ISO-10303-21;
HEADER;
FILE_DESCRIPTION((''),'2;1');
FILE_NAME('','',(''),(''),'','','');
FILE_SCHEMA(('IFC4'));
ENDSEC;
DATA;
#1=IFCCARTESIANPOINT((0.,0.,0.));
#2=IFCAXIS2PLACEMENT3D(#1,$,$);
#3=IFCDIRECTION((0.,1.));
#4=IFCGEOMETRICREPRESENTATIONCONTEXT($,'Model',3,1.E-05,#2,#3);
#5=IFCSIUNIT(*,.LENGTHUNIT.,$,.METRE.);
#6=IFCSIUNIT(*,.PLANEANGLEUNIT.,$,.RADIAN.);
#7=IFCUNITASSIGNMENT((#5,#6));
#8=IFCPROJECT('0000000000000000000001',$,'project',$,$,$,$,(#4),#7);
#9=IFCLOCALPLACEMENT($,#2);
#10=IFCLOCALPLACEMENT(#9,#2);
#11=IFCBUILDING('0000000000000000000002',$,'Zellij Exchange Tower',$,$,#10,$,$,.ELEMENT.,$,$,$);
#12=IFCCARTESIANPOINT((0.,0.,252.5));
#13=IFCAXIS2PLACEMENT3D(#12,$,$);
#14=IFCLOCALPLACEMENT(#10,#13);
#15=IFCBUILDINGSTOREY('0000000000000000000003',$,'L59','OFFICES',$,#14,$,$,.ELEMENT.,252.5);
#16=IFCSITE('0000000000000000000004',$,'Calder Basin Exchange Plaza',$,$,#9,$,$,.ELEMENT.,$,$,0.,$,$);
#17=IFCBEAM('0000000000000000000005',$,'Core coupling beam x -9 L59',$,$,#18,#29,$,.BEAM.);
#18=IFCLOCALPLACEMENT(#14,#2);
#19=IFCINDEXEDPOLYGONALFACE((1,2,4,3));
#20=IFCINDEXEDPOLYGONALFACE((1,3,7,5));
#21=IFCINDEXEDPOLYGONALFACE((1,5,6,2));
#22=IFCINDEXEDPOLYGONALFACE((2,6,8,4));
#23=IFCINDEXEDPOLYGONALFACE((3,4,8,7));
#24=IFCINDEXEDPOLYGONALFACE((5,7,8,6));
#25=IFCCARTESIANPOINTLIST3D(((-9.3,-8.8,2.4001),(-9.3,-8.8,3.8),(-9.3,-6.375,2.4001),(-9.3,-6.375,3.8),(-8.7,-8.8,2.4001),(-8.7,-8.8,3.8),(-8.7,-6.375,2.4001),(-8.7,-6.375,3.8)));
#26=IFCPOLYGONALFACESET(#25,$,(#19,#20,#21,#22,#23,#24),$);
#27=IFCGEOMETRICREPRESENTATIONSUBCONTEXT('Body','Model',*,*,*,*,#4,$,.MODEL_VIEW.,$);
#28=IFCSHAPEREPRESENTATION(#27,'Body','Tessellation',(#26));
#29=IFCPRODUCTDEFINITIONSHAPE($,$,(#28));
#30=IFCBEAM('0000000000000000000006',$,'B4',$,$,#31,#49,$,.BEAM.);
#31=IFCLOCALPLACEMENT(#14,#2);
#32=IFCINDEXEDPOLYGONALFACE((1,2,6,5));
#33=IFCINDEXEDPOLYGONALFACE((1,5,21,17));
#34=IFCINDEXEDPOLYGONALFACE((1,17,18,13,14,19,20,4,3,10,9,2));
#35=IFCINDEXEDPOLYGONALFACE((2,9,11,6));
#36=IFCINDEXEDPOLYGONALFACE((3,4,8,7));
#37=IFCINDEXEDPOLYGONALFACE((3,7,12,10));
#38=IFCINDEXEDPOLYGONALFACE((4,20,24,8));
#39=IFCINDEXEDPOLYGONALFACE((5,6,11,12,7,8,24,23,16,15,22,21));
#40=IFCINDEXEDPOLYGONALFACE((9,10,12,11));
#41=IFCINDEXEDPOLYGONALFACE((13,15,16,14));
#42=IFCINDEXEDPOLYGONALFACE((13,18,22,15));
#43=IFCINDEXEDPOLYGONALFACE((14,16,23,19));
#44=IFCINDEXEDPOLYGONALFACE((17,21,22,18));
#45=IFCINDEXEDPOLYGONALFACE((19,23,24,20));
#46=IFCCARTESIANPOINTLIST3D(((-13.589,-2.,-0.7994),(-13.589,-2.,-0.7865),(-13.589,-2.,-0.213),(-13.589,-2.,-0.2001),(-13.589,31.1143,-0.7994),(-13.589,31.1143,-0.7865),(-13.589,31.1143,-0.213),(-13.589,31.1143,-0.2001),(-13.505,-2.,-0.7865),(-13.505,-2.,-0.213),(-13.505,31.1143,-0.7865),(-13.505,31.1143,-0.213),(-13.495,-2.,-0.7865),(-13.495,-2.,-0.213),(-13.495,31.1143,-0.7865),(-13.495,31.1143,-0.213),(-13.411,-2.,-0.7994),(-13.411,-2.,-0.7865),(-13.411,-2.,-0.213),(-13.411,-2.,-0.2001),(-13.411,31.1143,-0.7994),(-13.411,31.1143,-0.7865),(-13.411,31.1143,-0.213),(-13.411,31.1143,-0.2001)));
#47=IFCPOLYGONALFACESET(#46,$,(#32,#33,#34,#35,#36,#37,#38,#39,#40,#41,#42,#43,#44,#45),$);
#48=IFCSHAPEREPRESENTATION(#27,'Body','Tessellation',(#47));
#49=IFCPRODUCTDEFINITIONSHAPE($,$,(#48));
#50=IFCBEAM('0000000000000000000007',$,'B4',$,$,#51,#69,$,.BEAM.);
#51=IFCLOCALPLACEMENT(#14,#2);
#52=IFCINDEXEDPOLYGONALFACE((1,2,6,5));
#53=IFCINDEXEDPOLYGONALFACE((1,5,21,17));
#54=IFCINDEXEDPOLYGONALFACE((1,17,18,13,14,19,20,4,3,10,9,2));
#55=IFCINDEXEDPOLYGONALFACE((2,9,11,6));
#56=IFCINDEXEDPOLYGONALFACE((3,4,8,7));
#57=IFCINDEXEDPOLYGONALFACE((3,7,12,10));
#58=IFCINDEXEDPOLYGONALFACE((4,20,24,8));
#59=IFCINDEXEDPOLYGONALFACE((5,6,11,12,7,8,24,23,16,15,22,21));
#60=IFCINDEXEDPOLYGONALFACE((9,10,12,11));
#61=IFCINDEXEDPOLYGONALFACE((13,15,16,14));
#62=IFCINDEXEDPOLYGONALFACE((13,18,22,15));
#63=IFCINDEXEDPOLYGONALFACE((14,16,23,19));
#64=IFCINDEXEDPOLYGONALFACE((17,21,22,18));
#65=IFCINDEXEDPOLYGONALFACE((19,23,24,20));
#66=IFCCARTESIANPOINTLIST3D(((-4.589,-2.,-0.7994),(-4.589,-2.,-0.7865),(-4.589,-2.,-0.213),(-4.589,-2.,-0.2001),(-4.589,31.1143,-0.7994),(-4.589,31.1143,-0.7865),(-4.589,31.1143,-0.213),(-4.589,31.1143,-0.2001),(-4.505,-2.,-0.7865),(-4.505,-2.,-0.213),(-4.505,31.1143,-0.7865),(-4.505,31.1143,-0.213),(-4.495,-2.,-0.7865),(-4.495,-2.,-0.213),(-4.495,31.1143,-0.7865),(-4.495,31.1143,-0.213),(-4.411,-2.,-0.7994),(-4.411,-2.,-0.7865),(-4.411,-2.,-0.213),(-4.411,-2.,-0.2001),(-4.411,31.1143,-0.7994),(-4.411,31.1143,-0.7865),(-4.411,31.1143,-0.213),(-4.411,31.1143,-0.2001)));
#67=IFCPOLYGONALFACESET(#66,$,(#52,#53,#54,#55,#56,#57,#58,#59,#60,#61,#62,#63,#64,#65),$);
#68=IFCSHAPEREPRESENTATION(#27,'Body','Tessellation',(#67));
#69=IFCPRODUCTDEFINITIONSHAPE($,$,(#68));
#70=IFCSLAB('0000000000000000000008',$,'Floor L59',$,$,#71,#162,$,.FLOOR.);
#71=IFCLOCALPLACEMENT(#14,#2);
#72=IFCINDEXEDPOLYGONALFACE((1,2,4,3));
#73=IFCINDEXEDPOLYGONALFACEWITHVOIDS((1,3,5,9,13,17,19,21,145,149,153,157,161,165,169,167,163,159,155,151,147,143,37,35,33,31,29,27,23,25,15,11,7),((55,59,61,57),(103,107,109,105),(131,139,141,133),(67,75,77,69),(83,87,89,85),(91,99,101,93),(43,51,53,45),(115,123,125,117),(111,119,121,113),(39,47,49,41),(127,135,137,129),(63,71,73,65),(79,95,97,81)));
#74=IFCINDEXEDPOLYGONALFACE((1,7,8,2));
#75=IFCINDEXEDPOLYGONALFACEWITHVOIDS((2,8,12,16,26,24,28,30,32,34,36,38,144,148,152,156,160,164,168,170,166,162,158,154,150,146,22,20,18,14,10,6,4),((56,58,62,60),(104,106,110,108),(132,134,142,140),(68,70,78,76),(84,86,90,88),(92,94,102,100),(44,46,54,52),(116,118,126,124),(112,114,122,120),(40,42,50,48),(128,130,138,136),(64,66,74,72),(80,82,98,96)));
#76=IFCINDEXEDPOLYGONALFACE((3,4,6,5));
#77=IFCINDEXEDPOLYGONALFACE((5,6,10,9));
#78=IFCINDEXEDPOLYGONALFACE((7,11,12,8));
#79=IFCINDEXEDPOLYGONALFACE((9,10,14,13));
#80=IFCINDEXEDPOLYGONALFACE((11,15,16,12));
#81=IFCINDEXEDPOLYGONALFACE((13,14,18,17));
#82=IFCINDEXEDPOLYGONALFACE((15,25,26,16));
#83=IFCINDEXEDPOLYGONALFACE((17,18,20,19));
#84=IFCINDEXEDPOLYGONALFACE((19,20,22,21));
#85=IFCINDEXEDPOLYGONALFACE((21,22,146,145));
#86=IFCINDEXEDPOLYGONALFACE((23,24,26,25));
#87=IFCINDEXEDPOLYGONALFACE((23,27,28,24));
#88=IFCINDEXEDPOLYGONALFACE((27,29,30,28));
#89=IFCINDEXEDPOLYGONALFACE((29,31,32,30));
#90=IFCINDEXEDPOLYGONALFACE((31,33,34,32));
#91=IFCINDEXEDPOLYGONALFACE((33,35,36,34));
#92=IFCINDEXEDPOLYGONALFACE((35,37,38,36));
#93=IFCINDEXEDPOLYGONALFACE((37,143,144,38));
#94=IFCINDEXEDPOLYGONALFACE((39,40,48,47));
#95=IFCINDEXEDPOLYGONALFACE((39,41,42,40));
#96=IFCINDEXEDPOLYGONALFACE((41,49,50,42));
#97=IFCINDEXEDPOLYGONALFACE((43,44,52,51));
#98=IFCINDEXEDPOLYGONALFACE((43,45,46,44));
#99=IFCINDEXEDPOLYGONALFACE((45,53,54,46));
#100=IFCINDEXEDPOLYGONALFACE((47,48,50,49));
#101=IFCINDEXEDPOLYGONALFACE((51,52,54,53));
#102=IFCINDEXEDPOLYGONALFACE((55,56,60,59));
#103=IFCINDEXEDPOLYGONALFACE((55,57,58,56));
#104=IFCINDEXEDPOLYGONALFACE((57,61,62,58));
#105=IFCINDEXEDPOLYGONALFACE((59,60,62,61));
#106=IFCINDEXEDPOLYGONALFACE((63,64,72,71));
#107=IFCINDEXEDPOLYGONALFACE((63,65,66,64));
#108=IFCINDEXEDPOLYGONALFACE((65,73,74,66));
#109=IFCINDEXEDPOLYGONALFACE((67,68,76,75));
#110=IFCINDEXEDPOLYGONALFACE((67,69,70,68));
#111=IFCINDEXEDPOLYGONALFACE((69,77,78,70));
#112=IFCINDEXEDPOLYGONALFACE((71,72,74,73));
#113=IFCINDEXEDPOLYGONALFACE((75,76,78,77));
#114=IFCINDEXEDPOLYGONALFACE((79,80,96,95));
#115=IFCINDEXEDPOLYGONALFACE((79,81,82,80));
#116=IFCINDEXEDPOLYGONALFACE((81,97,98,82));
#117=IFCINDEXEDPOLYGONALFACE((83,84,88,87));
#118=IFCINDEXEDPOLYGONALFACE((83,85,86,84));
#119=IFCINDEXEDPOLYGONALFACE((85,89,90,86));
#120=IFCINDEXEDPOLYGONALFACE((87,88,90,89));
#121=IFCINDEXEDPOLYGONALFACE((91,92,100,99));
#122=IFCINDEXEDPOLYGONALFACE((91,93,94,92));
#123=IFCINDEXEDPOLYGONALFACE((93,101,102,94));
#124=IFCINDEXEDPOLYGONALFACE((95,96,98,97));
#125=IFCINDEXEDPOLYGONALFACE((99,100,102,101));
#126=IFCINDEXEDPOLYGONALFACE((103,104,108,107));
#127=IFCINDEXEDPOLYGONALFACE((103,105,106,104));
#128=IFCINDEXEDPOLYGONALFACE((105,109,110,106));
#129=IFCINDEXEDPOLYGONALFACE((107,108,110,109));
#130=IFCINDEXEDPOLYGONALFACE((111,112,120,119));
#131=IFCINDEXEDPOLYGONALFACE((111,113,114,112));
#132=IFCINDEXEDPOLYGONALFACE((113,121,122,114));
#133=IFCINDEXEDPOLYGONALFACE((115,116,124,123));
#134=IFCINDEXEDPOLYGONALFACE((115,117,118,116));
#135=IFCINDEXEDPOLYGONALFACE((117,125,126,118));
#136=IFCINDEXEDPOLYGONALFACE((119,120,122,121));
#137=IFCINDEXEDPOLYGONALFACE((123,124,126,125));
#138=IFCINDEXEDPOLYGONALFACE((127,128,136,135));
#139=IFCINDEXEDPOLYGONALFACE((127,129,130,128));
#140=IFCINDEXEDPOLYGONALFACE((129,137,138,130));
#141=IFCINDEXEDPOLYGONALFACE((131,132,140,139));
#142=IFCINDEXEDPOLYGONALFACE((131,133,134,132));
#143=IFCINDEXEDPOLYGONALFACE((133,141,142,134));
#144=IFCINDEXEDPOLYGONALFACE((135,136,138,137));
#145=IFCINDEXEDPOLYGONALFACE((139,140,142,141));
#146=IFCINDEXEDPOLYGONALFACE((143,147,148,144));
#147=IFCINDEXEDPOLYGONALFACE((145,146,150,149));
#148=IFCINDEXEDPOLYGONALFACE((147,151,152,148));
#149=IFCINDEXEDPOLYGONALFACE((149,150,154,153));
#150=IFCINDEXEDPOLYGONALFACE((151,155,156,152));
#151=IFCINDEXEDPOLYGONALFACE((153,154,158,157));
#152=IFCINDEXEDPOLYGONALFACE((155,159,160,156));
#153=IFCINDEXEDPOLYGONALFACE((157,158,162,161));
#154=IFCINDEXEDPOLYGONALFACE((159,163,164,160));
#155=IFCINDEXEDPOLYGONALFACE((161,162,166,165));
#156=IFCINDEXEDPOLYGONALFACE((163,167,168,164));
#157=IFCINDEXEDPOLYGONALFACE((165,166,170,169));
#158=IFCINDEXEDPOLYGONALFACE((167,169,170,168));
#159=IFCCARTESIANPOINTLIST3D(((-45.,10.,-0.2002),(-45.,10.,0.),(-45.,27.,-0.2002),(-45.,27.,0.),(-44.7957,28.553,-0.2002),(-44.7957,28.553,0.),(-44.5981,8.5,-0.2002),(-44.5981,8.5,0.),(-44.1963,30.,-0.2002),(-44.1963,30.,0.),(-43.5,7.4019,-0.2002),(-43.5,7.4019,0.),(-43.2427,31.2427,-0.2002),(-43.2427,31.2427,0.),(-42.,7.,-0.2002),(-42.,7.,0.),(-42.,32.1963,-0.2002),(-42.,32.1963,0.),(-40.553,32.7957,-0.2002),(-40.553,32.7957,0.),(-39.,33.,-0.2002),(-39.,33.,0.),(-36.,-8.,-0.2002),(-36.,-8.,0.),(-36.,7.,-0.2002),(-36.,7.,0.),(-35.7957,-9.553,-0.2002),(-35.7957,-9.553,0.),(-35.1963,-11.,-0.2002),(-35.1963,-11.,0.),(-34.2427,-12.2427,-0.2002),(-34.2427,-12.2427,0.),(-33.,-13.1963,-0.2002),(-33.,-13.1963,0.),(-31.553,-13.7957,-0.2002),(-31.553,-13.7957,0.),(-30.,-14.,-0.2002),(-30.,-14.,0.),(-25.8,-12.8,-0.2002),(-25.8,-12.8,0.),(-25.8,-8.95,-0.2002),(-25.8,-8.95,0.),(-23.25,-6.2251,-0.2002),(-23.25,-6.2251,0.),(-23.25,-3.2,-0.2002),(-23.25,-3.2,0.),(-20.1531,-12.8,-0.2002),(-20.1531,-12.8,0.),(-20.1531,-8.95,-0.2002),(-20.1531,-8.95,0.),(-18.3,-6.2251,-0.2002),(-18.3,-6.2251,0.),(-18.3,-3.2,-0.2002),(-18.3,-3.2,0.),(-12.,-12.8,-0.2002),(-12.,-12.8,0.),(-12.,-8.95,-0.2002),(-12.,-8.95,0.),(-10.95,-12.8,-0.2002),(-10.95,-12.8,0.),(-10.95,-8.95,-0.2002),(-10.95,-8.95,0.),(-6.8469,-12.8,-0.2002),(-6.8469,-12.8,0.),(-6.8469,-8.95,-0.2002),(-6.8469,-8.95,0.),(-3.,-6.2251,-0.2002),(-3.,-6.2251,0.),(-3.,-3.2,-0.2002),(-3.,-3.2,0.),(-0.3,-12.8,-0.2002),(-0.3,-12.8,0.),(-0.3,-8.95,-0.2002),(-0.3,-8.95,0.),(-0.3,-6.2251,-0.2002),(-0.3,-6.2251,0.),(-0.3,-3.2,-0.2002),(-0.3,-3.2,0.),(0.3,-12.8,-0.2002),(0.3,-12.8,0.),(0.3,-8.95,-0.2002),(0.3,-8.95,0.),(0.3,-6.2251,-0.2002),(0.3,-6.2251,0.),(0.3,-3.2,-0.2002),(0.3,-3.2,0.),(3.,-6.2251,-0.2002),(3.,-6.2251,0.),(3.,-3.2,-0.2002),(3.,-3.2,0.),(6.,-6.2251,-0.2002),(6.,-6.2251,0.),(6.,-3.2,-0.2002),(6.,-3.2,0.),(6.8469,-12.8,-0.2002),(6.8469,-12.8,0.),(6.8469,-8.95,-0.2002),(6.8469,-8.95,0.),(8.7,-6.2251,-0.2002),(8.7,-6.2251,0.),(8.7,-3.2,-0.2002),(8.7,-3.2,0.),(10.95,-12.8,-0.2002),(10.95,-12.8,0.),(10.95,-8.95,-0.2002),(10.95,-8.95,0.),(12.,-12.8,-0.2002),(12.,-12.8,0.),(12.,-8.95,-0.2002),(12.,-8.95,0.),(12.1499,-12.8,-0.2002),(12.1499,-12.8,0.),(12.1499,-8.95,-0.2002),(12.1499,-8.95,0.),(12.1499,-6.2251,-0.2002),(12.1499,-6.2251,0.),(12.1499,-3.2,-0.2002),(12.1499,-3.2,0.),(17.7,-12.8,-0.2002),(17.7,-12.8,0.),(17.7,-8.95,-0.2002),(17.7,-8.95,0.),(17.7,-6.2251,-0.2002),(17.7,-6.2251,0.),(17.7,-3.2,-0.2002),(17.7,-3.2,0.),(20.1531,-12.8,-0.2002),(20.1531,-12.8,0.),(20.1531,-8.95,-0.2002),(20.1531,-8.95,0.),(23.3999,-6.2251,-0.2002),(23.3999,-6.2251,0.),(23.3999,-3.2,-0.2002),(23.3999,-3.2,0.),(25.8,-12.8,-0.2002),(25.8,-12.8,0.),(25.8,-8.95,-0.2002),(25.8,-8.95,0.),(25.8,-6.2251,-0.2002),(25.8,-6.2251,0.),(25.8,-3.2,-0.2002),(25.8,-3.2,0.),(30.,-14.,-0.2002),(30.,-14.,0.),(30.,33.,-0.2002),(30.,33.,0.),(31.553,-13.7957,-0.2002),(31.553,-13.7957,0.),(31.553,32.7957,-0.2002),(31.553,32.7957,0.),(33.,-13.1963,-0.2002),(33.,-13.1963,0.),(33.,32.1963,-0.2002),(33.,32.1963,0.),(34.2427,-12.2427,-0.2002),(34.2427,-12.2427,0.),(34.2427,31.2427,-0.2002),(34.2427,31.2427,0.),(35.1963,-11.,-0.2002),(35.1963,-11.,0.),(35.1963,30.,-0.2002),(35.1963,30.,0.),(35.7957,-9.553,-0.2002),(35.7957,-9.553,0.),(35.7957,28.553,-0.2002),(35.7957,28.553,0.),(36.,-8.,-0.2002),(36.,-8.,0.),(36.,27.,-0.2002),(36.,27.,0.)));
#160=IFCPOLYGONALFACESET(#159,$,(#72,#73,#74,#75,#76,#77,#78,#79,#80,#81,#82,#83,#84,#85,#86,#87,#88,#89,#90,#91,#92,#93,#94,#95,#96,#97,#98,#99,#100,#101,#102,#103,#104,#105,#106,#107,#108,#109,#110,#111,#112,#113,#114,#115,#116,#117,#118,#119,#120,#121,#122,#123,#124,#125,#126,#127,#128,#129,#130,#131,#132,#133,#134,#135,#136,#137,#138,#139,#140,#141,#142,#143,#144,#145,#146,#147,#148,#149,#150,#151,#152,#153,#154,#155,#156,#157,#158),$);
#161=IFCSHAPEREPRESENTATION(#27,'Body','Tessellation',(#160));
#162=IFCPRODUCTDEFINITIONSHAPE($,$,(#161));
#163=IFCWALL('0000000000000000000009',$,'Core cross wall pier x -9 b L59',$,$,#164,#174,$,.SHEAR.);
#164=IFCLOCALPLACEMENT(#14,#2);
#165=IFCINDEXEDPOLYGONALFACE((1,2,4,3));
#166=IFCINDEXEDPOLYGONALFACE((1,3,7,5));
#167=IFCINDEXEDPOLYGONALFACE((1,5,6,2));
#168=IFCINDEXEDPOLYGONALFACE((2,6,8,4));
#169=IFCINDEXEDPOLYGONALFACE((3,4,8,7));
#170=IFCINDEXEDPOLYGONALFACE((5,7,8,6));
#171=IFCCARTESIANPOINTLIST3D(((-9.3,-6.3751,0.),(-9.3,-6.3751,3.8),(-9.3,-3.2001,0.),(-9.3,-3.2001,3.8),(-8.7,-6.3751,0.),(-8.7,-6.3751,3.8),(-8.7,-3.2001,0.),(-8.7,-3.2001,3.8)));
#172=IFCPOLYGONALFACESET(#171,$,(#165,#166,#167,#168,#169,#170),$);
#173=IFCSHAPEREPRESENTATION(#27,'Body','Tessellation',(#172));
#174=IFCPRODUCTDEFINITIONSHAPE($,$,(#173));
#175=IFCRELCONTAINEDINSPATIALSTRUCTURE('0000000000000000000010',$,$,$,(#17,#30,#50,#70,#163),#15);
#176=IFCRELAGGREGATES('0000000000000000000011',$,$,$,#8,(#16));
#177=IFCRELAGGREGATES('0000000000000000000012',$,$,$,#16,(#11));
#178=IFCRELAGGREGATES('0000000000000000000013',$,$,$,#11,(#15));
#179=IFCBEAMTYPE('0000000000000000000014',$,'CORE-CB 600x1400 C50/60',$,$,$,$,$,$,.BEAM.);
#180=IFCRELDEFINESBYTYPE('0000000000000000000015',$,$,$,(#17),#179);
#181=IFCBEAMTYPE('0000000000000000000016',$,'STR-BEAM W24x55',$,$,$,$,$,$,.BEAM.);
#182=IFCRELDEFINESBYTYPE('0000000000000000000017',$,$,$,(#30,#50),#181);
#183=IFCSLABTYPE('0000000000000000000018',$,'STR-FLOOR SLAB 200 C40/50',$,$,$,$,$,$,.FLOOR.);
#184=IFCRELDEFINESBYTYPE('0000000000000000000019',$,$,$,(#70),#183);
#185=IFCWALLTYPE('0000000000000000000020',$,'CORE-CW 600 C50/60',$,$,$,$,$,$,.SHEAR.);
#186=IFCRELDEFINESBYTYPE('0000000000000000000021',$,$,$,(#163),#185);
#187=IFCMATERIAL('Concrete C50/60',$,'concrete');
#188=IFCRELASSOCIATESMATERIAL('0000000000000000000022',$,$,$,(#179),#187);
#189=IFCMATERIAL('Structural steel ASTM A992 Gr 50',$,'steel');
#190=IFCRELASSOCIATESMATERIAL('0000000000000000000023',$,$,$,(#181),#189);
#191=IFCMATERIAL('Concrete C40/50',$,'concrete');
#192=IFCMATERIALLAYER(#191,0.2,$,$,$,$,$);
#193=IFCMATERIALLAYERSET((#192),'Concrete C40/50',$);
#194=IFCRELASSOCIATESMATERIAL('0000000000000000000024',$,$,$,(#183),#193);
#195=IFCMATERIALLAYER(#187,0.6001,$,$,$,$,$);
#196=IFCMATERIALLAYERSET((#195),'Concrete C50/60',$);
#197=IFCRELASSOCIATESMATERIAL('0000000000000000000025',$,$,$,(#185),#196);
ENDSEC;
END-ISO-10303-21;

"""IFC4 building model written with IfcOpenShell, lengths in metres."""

from ifc_helpers import new_model, si_unit, direction, frame, frame_2d, origin, origin_2d, place, context, subcontext, project, spatial, polyline, rectangle, i_section, outline, extrude, material, layer, layer_set, material_profile, profile_set, type_object, element, save


model = new_model("IFC4")

# Units and contexts
model_context = context("Model", 3, precision=1e-05, world=origin(), true_north=direction((0.0, 1.0)))
body_context = subcontext(model_context, "Body", "Model", "MODEL_VIEW")
ifc_project = project(units=[si_unit("LENGTHUNIT", "METRE"), si_unit("PLANEANGLEUNIT", "RADIAN")], contexts=[model_context])

# Site, building, storey
site_placement = place(None, origin())
site = spatial("IfcSite", under=ifc_project, at=site_placement, Name="Calder Basin Exchange Plaza", CompositionType="ELEMENT", RefElevation=0.0)
building_placement = place(site_placement, origin())
building = spatial("IfcBuilding", under=site, at=building_placement, Name="Zellij Exchange Tower", CompositionType="ELEMENT")
storey_placement = place(building_placement, frame((0.0, 0.0, 252.5)))
storey = spatial("IfcBuildingStorey", under=building, at=storey_placement, Name="L59", Description="OFFICES", CompositionType="ELEMENT", Elevation=252.5)

# Beams
ifc_material_1 = material(Name="Concrete C50/60", Category="concrete")
ifc_material_profile_1 = material_profile(ifc_material_1, rectangle(XDim=0.6001, YDim=1.3999, at=origin_2d()), Name="CORE-CB 600x1400 C50/60")
ifc_profile_set_1 = profile_set([ifc_material_profile_1], Name="Concrete C50/60")
beam_type_1 = type_object("IfcBeamType", Name="CORE-CB 600x1400 C50/60", PredefinedType="BEAM", material=ifc_profile_set_1)
beam_placement = place(storey_placement, frame((-9.0, -8.8, 3.1001), z_axis=(0.0, 1.0, 0.0), x_axis=(-1.0, 0.0, 0.0)))
element("IfcBeam", 1, at=beam_placement, inside=storey, type_object=beam_type_1, Name="Core coupling beam x -9 L59", PredefinedType="BEAM", context=body_context, shape_type="SweptSolid", body=[
    extrude(rectangle(XDim=0.6001, YDim=1.3999, at=origin_2d()), origin(), (0.0, 0.0, 1.0), 2.425),
])
ifc_material_2 = material(Name="Structural steel ASTM A992 Gr 50", Category="steel")
ifc_material_profile_2 = material_profile(ifc_material_2, i_section(OverallWidth=0.178, OverallDepth=0.5994, WebThickness=0.01, FlangeThickness=0.0129, at=origin_2d()), Name="W24x55")
ifc_profile_set_2 = profile_set([ifc_material_profile_2], Name="Structural steel ASTM A992 Gr 50")
beam_type_2 = type_object("IfcBeamType", Name="STR-BEAM W24x55", PredefinedType="BEAM", material=ifc_profile_set_2)
for number, where, z_axis, x_axis, name in (
    (2, (-13.5, -2.0, -0.4998), (0.0, 1.0, 0.0), (-1.0, 0.0, 0.0), "B4"),
    (3, (-4.5, -2.0, -0.4998), (0.0, 1.0, 0.0), (-1.0, 0.0, 0.0), "B4"),
):
    element("IfcBeam", number, at=place(storey_placement, frame(where, z_axis=z_axis, x_axis=x_axis)), inside=storey, type_object=beam_type_2, Name=name, PredefinedType="BEAM", context=body_context, shape_type="SweptSolid", body=[
        extrude(i_section(OverallWidth=0.178, OverallDepth=0.5994, WebThickness=0.01, FlangeThickness=0.0129, at=origin_2d()), origin(), (0.0, 0.0, 1.0), 33.1143),
    ])

# Slab
ifc_material_3 = material(Name="Concrete C40/50", Category="concrete")
ifc_layer_1 = layer(ifc_material_3, 0.2)
ifc_layer_set_1 = layer_set([ifc_layer_1], Name="Concrete C40/50")
slab_type = type_object("IfcSlabType", Name="STR-FLOOR SLAB 200 C40/50", PredefinedType="FLOOR", material=ifc_layer_set_1)
slab_placement = place(storey_placement, frame((0.0, 0.0, -0.2002)))
element("IfcSlab", 4, at=slab_placement, inside=storey, type_object=slab_type, Name="Floor L59", PredefinedType="FLOOR", context=body_context, shape_type="SweptSolid", body=[
    extrude(outline(polyline([(31.553, 32.7957), (33.0, 32.1963), (34.2427, 31.2427), (35.1963, 30.0), (35.7957, 28.553), (36.0, 27.0), (36.0, -8.0), (35.7957, -9.553), (35.1963, -11.0), (34.2427, -12.2427), (33.0, -13.1963), (31.553, -13.7957), (30.0, -14.0), (-30.0, -14.0), (-31.553, -13.7957), (-33.0, -13.1963), (-34.2427, -12.2427), (-35.1963, -11.0), (-35.7957, -9.553), (-36.0, -8.0), (-36.0, 7.0), (-42.0, 7.0), (-43.5, 7.4019), (-44.5981, 8.5), (-45.0, 10.0), (-45.0, 27.0), (-44.7957, 28.553), (-44.1963, 30.0), (-43.2427, 31.2427), (-42.0, 32.1963), (-40.553, 32.7957), (-39.0, 33.0), (30.0, 33.0), (31.553, 32.7957)]), holes=[polyline([(-25.8, -8.95), (-25.8, -12.8), (-20.1531, -12.8), (-20.1531, -8.95), (-25.8, -8.95)]), polyline([(-10.95, -8.95), (-12.0, -8.95), (-12.0, -12.8), (-10.95, -12.8), (-10.95, -8.95)]), polyline([(-0.3, -8.95), (-6.8469, -8.95), (-6.8469, -12.8), (-0.3, -12.8), (-0.3, -8.95)]), polyline([(0.3, -8.95), (0.3, -12.8), (6.8469, -12.8), (6.8469, -8.95), (0.3, -8.95)]), polyline([(-18.3, -3.2), (-23.25, -3.2), (-23.25, -6.2251), (-18.3, -6.2251), (-18.3, -3.2)]), polyline([(-0.3, -3.2), (-3.0, -3.2), (-3.0, -6.2251), (-0.3, -6.2251), (-0.3, -3.2)]), polyline([(0.3, -3.2), (0.3, -6.2251), (3.0, -6.2251), (3.0, -3.2), (0.3, -3.2)]), polyline([(12.0, -8.95), (10.95, -8.95), (10.95, -12.8), (12.0, -12.8), (12.0, -8.95)]), polyline([(17.7, -8.95), (12.1499, -8.95), (12.1499, -12.8), (17.7, -12.8), (17.7, -8.95)]), polyline([(25.8, -8.95), (20.1531, -8.95), (20.1531, -12.8), (25.8, -12.8), (25.8, -8.95)]), polyline([(8.7, -3.2), (6.0, -3.2), (6.0, -6.2251), (8.7, -6.2251), (8.7, -3.2)]), polyline([(17.7, -3.2), (12.1499, -3.2), (12.1499, -6.2251), (17.7, -6.2251), (17.7, -3.2)]), polyline([(25.8, -3.2), (23.3999, -3.2), (23.3999, -6.2251), (25.8, -6.2251), (25.8, -3.2)])]), origin(), (0.0, 0.0, 1.0), 0.2002),
])

# Wall
ifc_layer_2 = layer(ifc_material_1, 0.6001)
ifc_layer_set_2 = layer_set([ifc_layer_2], Name="Concrete C50/60")
wall_type_1 = type_object("IfcWallType", Name="CORE-CW 600 C50/60", PredefinedType="SHEAR", material=ifc_layer_set_2)
wall_1_placement = place(storey_placement, frame((-9.0, -6.375, 0.0), z_axis=(0.0, 0.0, 1.0), x_axis=(0.0, 1.0, 0.0)))
element("IfcWall", 5, at=wall_1_placement, inside=storey, type_object=wall_type_1, Name="Core cross wall pier x -9 b L59", PredefinedType="SHEAR", context=body_context, shape_type="SweptSolid", body=[
    extrude(rectangle(XDim=3.175, YDim=0.6001, at=frame_2d((1.5874, 0.0))), origin(), (0.0, 0.0, 1.0), 3.8),
])

save(model, "model.ifc")
